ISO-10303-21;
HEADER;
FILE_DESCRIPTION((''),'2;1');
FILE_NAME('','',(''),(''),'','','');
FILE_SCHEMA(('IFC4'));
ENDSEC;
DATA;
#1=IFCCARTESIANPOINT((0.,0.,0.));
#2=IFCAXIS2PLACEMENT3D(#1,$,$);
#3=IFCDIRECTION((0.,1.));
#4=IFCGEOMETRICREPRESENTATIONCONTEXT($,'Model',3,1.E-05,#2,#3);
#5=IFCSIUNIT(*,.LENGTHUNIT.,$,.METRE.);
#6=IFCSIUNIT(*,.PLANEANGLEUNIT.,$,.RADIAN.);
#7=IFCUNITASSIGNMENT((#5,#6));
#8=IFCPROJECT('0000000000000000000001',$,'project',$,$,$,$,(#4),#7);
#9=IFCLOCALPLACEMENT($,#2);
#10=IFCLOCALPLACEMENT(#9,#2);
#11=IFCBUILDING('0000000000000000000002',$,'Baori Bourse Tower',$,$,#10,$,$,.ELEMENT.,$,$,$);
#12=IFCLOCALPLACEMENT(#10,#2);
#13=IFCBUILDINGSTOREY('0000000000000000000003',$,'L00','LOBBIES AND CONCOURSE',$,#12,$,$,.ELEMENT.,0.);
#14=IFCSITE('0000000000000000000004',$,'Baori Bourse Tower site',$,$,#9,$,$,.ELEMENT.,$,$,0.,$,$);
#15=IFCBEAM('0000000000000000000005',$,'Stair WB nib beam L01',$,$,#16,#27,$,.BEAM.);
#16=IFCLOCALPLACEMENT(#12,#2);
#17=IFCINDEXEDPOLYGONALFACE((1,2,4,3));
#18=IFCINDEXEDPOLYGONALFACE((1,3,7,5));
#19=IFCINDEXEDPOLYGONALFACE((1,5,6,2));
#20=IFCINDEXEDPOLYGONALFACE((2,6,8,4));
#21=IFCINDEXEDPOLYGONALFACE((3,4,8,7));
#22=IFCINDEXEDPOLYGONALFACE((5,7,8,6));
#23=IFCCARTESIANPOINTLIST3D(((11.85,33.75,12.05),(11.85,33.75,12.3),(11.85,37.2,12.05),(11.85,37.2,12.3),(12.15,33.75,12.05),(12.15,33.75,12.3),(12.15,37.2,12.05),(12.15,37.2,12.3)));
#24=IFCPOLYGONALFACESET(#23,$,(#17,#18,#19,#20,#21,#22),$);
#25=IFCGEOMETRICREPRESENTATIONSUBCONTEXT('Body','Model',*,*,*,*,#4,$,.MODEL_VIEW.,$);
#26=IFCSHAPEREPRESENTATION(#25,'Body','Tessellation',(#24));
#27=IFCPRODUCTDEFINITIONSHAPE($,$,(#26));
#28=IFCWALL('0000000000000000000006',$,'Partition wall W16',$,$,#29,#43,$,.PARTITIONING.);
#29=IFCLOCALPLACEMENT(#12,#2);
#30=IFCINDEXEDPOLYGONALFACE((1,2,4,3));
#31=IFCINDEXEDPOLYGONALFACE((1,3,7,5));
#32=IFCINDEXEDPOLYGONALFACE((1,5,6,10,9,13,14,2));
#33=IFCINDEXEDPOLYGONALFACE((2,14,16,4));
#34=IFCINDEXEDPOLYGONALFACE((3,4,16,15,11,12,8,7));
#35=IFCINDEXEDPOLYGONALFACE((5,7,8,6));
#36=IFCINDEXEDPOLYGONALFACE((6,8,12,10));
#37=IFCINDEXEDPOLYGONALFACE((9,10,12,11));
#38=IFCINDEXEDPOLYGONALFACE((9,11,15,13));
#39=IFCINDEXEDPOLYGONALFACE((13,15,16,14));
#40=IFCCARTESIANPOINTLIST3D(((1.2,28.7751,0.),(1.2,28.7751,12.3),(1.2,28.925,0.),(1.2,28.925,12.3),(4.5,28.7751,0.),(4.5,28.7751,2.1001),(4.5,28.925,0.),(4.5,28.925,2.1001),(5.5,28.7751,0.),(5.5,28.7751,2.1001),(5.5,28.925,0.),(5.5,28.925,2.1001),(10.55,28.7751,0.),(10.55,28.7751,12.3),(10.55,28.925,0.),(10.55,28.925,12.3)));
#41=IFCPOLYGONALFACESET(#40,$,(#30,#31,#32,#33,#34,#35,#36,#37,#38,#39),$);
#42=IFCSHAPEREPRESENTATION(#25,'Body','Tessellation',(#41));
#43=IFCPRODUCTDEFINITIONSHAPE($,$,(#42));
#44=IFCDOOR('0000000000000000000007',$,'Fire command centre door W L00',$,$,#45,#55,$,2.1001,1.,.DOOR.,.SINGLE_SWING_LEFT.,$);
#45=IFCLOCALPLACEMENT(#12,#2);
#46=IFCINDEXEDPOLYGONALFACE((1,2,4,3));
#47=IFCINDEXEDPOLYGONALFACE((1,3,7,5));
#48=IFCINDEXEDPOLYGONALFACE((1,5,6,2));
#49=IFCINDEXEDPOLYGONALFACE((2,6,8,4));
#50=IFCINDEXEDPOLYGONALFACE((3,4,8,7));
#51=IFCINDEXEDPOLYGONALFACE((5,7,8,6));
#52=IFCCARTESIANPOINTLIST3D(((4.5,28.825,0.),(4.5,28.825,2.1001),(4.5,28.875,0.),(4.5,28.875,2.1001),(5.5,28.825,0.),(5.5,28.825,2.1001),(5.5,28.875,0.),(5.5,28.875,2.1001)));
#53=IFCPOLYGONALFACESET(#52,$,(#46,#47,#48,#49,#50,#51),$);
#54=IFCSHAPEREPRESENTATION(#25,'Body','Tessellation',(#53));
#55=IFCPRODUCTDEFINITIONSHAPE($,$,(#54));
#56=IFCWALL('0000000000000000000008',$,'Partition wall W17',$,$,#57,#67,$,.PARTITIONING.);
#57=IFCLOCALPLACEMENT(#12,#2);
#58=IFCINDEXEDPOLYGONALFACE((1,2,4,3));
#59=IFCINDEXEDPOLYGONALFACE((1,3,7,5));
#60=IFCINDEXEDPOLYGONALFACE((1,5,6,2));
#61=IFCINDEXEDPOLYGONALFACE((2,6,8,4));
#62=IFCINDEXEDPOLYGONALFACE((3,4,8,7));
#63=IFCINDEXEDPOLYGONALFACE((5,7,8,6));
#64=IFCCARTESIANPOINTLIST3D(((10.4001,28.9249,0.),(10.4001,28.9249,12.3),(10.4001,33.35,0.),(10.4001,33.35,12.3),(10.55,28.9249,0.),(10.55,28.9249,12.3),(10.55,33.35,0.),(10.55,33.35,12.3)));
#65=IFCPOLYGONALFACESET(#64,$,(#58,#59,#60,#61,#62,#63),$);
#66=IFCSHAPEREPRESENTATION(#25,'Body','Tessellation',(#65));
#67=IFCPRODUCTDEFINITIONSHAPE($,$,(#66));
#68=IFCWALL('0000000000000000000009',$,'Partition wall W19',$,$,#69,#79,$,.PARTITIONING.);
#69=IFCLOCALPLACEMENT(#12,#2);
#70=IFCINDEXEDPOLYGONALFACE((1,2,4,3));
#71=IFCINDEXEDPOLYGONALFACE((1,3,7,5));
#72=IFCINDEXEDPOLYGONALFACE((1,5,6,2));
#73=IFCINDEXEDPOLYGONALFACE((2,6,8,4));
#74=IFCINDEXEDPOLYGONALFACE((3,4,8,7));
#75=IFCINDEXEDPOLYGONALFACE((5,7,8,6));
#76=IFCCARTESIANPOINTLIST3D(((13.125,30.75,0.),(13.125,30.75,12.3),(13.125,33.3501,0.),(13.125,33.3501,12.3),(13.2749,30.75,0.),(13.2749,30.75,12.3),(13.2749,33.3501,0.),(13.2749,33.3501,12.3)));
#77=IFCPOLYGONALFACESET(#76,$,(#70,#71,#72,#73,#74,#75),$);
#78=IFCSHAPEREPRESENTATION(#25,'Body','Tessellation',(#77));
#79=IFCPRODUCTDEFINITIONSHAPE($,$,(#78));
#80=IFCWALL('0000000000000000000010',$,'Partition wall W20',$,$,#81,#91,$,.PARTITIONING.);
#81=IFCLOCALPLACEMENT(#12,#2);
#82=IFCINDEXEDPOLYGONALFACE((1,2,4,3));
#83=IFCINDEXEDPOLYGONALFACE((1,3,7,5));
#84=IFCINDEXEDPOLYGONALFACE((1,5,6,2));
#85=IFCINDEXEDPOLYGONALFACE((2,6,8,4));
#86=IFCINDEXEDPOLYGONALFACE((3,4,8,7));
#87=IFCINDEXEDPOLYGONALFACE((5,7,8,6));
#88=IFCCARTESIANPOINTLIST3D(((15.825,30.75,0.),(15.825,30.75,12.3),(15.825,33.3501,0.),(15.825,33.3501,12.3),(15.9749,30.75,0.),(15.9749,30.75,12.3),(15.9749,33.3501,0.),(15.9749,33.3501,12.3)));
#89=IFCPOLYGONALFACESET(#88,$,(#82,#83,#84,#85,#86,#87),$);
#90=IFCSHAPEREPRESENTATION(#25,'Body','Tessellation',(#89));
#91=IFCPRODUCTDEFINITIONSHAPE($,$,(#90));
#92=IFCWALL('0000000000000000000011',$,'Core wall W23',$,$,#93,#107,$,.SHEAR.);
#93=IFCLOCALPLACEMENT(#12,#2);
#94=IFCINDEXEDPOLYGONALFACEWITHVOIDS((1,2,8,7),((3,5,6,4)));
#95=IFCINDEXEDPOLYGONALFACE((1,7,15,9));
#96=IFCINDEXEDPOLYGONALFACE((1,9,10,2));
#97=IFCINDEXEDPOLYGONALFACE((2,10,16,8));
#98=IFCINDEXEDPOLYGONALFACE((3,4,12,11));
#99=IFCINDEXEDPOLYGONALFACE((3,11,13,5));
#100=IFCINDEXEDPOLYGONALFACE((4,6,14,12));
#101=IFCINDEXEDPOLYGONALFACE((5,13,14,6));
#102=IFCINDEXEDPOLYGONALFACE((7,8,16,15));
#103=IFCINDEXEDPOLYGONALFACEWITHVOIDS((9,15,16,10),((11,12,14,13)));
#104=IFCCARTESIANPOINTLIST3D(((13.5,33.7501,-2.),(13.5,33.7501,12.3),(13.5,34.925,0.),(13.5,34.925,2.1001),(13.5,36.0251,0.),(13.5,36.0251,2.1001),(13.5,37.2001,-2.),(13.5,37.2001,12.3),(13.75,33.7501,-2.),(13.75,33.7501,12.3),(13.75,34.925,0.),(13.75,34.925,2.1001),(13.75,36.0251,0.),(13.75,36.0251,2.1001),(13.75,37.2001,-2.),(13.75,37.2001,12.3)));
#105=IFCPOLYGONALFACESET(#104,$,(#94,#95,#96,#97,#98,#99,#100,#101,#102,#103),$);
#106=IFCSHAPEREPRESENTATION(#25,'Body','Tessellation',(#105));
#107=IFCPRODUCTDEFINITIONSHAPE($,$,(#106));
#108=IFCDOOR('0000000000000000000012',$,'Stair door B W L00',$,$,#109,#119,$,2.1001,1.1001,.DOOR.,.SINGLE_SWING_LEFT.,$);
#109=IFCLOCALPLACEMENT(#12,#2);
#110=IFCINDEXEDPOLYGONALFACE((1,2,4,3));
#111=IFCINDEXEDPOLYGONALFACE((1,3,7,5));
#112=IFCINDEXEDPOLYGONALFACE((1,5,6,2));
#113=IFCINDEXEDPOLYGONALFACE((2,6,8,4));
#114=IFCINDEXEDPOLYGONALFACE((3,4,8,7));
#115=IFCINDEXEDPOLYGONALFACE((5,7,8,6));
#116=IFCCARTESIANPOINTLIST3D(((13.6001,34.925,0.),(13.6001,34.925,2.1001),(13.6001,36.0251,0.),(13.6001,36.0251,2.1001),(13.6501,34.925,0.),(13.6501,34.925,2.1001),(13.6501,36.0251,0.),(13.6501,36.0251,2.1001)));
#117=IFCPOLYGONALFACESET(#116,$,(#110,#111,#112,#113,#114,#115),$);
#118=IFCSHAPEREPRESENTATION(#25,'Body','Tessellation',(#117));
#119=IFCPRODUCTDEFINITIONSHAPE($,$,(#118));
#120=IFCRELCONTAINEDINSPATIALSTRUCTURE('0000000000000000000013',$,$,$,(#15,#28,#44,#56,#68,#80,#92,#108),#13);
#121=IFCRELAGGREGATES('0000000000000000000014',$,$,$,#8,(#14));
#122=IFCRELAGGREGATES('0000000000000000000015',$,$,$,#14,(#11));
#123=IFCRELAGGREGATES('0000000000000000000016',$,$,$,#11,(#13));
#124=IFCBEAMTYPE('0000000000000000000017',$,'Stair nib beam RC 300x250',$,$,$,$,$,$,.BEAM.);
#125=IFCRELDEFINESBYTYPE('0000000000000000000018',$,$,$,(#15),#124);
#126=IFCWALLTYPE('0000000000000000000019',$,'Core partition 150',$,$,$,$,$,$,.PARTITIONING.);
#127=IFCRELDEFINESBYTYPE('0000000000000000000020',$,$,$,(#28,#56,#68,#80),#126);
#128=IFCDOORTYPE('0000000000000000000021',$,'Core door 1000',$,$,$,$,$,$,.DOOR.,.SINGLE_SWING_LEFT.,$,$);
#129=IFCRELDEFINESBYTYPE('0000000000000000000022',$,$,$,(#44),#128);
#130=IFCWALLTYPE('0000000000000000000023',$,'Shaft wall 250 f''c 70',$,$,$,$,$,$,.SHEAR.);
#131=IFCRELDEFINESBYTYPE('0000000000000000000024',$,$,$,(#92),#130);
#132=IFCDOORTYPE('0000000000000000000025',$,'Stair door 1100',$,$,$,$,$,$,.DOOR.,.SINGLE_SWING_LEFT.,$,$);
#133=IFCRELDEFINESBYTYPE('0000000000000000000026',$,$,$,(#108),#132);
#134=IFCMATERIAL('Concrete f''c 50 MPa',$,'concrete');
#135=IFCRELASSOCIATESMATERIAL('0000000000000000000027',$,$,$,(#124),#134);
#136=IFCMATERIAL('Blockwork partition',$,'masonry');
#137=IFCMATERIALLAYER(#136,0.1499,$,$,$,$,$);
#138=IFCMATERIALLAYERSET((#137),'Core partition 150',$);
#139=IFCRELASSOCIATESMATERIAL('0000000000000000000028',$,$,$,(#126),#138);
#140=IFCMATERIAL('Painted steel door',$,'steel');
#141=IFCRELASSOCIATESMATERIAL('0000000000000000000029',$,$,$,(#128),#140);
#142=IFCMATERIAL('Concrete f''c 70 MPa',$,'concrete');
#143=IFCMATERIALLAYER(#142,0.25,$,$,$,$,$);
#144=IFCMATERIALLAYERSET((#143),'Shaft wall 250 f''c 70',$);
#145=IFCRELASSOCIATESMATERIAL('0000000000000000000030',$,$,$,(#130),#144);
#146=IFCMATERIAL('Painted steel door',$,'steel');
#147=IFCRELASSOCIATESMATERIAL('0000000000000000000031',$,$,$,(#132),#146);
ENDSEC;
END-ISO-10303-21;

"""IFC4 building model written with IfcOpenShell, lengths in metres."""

from ifc_helpers import new_model, si_unit, direction, frame, frame_2d, origin, origin_2d, place, context, subcontext, project, spatial, rectangle, extrude, material, layer, layer_set, material_profile, profile_set, type_object, element, fill, save


model = new_model("IFC4")

# Units and contexts
model_context = context("Model", 3, precision=1e-05, world=origin(), true_north=direction((0.0, 1.0)))
body_context = subcontext(model_context, "Body", "Model", "MODEL_VIEW")
ifc_project = project(units=[si_unit("LENGTHUNIT", "METRE"), si_unit("PLANEANGLEUNIT", "RADIAN")], contexts=[model_context])

# Site, building, storey
site_placement = place(None, origin())
site = spatial("IfcSite", under=ifc_project, at=site_placement, Name="Baori Bourse Tower site", CompositionType="ELEMENT", RefElevation=0.0)
building_placement = place(site_placement, origin())
building = spatial("IfcBuilding", under=site, at=building_placement, Name="Baori Bourse Tower", CompositionType="ELEMENT")
storey_placement = place(building_placement, origin())
storey = spatial("IfcBuildingStorey", under=building, at=storey_placement, Name="L00", Description="LOBBIES AND CONCOURSE", CompositionType="ELEMENT", Elevation=0.0)

# Beam
ifc_material_1 = material(Name="Concrete f'c 50 MPa", Category="concrete")
ifc_material_profile_1 = material_profile(ifc_material_1, rectangle(XDim=0.3, YDim=0.25, at=origin_2d()), Name="RC 300x250")
ifc_profile_set_1 = profile_set([ifc_material_profile_1], Name="Concrete f'c 50 MPa")
beam_type = type_object("IfcBeamType", Name="Stair nib beam RC 300x250", PredefinedType="BEAM", material=ifc_profile_set_1)
beam_placement = place(storey_placement, frame((12.0, 33.75, 12.175), z_axis=(0.0, 1.0, 0.0), x_axis=(-1.0, 0.0, 0.0)))
element("IfcBeam", 1, at=beam_placement, inside=storey, type_object=beam_type, Name="Stair WB nib beam L01", PredefinedType="BEAM", context=body_context, shape_type="SweptSolid", body=[
    extrude(rectangle(XDim=0.3, YDim=0.25, at=origin_2d()), origin(), (0.0, 0.0, 1.0), 3.45),
])

# Wall, opening, door
ifc_material_2 = material(Name="Blockwork partition", Category="masonry")
ifc_layer_1 = layer(ifc_material_2, 0.1499)
ifc_layer_set_1 = layer_set([ifc_layer_1], Name="Core partition 150")
wall_type_1 = type_object("IfcWallType", Name="Core partition 150", PredefinedType="PARTITIONING", material=ifc_layer_set_1)
wall_1_placement = place(storey_placement, frame((1.2, 28.8501, 0.0), z_axis=(0.0, 0.0, 1.0), x_axis=(1.0, 0.0, 0.0)))
wall_1 = element("IfcWall", 2, at=wall_1_placement, inside=storey, type_object=wall_type_1, Name="Partition wall W16", PredefinedType="PARTITIONING", context=body_context, shape_type="SweptSolid", body=[
    extrude(rectangle(XDim=9.3501, YDim=0.1499, at=frame_2d((4.675, 0.0))), origin(), (0.0, 0.0, 1.0), 12.3),
])
opening_1_placement = place(wall_1_placement, frame((3.3, 0.0, 0.0)))
opening_1 = element("IfcOpeningElement", 3, at=opening_1_placement, cuts=wall_1, PredefinedType="OPENING", context=body_context, shape_type="SweptSolid", body=[
    extrude(rectangle(XDim=1.0, YDim=2.1001, at=frame_2d((0.5, 1.05))), frame((0.0, 0.085, 0.0), z_axis=(0.0, -1.0, 0.0), x_axis=(1.0, 0.0, 0.0)), (0.0, 0.0, 1.0), 0.1699),
])
ifc_material_3 = material(Name="Painted steel door", Category="steel")
door_type_1 = type_object("IfcDoorType", Name="Core door 1000", OperationType="SINGLE_SWING_LEFT", PredefinedType="DOOR", material=ifc_material_3)
door_1_placement = place(opening_1_placement, origin())
door_1 = element("IfcDoor", 4, at=door_1_placement, inside=storey, type_object=door_type_1, Name="Fire command centre door W L00", OperationType="SINGLE_SWING_LEFT", OverallHeight=2.1001, OverallWidth=1.0, PredefinedType="DOOR", context=body_context, shape_type="SweptSolid", body=[
    extrude(rectangle(XDim=1.0, YDim=2.1001, at=frame_2d((0.5, 1.05))), frame((0.0, 0.0249, 0.0), z_axis=(0.0, -1.0, 0.0), x_axis=(1.0, 0.0, 0.0)), (0.0, 0.0, 1.0), 0.05),
])
fill(opening_1, door_1)

# Walls
wall_2_placement = place(storey_placement, frame((10.4751, 28.925, 0.0), z_axis=(0.0, 0.0, 1.0), x_axis=(0.0, 1.0, 0.0)))
element("IfcWall", 5, at=wall_2_placement, inside=storey, type_object=wall_type_1, Name="Partition wall W17", PredefinedType="PARTITIONING", context=body_context, shape_type="SweptSolid", body=[
    extrude(rectangle(XDim=4.425, YDim=0.1499, at=frame_2d((2.2124, 0.0))), origin(), (0.0, 0.0, 1.0), 12.3),
])
for number, where, z_axis, x_axis, name in (
    (6, (13.2, 30.75, 0.0), (0.0, 0.0, 1.0), (0.0, 1.0, 0.0), "Partition wall W19"),
    (7, (15.8999, 30.75, 0.0), (0.0, 0.0, 1.0), (0.0, 1.0, 0.0), "Partition wall W20"),
):
    element("IfcWall", number, at=place(storey_placement, frame(where, z_axis=z_axis, x_axis=x_axis)), inside=storey, type_object=wall_type_1, Name=name, PredefinedType="PARTITIONING", context=body_context, shape_type="SweptSolid", body=[
        extrude(rectangle(XDim=2.6001, YDim=0.1499, at=frame_2d((1.3, 0.0))), origin(), (0.0, 0.0, 1.0), 12.3),
    ])

# Wall, opening, door
ifc_material_4 = material(Name="Concrete f'c 70 MPa", Category="concrete")
ifc_layer_2 = layer(ifc_material_4, 0.25)
ifc_layer_set_2 = layer_set([ifc_layer_2], Name="Shaft wall 250 f'c 70")
wall_type_2 = type_object("IfcWallType", Name="Shaft wall 250 f'c 70", PredefinedType="SHEAR", material=ifc_layer_set_2)
wall_3_placement = place(storey_placement, frame((13.625, 33.75, -2.0), z_axis=(0.0, 0.0, 1.0), x_axis=(0.0, 1.0, 0.0)))
wall_3 = element("IfcWall", 8, at=wall_3_placement, inside=storey, type_object=wall_type_2, Name="Core wall W23", PredefinedType="SHEAR", context=body_context, shape_type="SweptSolid", body=[
    extrude(rectangle(XDim=3.45, YDim=0.25, at=frame_2d((1.7251, 0.0))), origin(), (0.0, 0.0, 1.0), 14.3),
])
opening_2_placement = place(wall_3_placement, frame((1.175, 0.0, 2.0)))
opening_2 = element("IfcOpeningElement", 9, at=opening_2_placement, cuts=wall_3, PredefinedType="OPENING", context=body_context, shape_type="SweptSolid", body=[
    extrude(rectangle(XDim=1.1001, YDim=2.1001, at=frame_2d((0.55, 1.05))), frame((0.0, 0.135, 0.0), z_axis=(0.0, -1.0, 0.0), x_axis=(1.0, 0.0, 0.0)), (0.0, 0.0, 1.0), 0.27),
])
ifc_material_5 = material(Name="Painted steel door", Category="steel")
door_type_2 = type_object("IfcDoorType", Name="Stair door 1100", OperationType="SINGLE_SWING_LEFT", PredefinedType="DOOR", material=ifc_material_5)
door_2_placement = place(opening_2_placement, origin())
door_2 = element("IfcDoor", 10, at=door_2_placement, inside=storey, type_object=door_type_2, Name="Stair door B W L00", OperationType="SINGLE_SWING_LEFT", OverallHeight=2.1001, OverallWidth=1.1001, PredefinedType="DOOR", context=body_context, shape_type="SweptSolid", body=[
    extrude(rectangle(XDim=1.1001, YDim=2.1001, at=frame_2d((0.55, 1.05))), frame((0.0, 0.0249, 0.0), z_axis=(0.0, -1.0, 0.0), x_axis=(1.0, 0.0, 0.0)), (0.0, 0.0, 1.0), 0.05),
])
fill(opening_2, door_2)

save(model, "model.ifc")
